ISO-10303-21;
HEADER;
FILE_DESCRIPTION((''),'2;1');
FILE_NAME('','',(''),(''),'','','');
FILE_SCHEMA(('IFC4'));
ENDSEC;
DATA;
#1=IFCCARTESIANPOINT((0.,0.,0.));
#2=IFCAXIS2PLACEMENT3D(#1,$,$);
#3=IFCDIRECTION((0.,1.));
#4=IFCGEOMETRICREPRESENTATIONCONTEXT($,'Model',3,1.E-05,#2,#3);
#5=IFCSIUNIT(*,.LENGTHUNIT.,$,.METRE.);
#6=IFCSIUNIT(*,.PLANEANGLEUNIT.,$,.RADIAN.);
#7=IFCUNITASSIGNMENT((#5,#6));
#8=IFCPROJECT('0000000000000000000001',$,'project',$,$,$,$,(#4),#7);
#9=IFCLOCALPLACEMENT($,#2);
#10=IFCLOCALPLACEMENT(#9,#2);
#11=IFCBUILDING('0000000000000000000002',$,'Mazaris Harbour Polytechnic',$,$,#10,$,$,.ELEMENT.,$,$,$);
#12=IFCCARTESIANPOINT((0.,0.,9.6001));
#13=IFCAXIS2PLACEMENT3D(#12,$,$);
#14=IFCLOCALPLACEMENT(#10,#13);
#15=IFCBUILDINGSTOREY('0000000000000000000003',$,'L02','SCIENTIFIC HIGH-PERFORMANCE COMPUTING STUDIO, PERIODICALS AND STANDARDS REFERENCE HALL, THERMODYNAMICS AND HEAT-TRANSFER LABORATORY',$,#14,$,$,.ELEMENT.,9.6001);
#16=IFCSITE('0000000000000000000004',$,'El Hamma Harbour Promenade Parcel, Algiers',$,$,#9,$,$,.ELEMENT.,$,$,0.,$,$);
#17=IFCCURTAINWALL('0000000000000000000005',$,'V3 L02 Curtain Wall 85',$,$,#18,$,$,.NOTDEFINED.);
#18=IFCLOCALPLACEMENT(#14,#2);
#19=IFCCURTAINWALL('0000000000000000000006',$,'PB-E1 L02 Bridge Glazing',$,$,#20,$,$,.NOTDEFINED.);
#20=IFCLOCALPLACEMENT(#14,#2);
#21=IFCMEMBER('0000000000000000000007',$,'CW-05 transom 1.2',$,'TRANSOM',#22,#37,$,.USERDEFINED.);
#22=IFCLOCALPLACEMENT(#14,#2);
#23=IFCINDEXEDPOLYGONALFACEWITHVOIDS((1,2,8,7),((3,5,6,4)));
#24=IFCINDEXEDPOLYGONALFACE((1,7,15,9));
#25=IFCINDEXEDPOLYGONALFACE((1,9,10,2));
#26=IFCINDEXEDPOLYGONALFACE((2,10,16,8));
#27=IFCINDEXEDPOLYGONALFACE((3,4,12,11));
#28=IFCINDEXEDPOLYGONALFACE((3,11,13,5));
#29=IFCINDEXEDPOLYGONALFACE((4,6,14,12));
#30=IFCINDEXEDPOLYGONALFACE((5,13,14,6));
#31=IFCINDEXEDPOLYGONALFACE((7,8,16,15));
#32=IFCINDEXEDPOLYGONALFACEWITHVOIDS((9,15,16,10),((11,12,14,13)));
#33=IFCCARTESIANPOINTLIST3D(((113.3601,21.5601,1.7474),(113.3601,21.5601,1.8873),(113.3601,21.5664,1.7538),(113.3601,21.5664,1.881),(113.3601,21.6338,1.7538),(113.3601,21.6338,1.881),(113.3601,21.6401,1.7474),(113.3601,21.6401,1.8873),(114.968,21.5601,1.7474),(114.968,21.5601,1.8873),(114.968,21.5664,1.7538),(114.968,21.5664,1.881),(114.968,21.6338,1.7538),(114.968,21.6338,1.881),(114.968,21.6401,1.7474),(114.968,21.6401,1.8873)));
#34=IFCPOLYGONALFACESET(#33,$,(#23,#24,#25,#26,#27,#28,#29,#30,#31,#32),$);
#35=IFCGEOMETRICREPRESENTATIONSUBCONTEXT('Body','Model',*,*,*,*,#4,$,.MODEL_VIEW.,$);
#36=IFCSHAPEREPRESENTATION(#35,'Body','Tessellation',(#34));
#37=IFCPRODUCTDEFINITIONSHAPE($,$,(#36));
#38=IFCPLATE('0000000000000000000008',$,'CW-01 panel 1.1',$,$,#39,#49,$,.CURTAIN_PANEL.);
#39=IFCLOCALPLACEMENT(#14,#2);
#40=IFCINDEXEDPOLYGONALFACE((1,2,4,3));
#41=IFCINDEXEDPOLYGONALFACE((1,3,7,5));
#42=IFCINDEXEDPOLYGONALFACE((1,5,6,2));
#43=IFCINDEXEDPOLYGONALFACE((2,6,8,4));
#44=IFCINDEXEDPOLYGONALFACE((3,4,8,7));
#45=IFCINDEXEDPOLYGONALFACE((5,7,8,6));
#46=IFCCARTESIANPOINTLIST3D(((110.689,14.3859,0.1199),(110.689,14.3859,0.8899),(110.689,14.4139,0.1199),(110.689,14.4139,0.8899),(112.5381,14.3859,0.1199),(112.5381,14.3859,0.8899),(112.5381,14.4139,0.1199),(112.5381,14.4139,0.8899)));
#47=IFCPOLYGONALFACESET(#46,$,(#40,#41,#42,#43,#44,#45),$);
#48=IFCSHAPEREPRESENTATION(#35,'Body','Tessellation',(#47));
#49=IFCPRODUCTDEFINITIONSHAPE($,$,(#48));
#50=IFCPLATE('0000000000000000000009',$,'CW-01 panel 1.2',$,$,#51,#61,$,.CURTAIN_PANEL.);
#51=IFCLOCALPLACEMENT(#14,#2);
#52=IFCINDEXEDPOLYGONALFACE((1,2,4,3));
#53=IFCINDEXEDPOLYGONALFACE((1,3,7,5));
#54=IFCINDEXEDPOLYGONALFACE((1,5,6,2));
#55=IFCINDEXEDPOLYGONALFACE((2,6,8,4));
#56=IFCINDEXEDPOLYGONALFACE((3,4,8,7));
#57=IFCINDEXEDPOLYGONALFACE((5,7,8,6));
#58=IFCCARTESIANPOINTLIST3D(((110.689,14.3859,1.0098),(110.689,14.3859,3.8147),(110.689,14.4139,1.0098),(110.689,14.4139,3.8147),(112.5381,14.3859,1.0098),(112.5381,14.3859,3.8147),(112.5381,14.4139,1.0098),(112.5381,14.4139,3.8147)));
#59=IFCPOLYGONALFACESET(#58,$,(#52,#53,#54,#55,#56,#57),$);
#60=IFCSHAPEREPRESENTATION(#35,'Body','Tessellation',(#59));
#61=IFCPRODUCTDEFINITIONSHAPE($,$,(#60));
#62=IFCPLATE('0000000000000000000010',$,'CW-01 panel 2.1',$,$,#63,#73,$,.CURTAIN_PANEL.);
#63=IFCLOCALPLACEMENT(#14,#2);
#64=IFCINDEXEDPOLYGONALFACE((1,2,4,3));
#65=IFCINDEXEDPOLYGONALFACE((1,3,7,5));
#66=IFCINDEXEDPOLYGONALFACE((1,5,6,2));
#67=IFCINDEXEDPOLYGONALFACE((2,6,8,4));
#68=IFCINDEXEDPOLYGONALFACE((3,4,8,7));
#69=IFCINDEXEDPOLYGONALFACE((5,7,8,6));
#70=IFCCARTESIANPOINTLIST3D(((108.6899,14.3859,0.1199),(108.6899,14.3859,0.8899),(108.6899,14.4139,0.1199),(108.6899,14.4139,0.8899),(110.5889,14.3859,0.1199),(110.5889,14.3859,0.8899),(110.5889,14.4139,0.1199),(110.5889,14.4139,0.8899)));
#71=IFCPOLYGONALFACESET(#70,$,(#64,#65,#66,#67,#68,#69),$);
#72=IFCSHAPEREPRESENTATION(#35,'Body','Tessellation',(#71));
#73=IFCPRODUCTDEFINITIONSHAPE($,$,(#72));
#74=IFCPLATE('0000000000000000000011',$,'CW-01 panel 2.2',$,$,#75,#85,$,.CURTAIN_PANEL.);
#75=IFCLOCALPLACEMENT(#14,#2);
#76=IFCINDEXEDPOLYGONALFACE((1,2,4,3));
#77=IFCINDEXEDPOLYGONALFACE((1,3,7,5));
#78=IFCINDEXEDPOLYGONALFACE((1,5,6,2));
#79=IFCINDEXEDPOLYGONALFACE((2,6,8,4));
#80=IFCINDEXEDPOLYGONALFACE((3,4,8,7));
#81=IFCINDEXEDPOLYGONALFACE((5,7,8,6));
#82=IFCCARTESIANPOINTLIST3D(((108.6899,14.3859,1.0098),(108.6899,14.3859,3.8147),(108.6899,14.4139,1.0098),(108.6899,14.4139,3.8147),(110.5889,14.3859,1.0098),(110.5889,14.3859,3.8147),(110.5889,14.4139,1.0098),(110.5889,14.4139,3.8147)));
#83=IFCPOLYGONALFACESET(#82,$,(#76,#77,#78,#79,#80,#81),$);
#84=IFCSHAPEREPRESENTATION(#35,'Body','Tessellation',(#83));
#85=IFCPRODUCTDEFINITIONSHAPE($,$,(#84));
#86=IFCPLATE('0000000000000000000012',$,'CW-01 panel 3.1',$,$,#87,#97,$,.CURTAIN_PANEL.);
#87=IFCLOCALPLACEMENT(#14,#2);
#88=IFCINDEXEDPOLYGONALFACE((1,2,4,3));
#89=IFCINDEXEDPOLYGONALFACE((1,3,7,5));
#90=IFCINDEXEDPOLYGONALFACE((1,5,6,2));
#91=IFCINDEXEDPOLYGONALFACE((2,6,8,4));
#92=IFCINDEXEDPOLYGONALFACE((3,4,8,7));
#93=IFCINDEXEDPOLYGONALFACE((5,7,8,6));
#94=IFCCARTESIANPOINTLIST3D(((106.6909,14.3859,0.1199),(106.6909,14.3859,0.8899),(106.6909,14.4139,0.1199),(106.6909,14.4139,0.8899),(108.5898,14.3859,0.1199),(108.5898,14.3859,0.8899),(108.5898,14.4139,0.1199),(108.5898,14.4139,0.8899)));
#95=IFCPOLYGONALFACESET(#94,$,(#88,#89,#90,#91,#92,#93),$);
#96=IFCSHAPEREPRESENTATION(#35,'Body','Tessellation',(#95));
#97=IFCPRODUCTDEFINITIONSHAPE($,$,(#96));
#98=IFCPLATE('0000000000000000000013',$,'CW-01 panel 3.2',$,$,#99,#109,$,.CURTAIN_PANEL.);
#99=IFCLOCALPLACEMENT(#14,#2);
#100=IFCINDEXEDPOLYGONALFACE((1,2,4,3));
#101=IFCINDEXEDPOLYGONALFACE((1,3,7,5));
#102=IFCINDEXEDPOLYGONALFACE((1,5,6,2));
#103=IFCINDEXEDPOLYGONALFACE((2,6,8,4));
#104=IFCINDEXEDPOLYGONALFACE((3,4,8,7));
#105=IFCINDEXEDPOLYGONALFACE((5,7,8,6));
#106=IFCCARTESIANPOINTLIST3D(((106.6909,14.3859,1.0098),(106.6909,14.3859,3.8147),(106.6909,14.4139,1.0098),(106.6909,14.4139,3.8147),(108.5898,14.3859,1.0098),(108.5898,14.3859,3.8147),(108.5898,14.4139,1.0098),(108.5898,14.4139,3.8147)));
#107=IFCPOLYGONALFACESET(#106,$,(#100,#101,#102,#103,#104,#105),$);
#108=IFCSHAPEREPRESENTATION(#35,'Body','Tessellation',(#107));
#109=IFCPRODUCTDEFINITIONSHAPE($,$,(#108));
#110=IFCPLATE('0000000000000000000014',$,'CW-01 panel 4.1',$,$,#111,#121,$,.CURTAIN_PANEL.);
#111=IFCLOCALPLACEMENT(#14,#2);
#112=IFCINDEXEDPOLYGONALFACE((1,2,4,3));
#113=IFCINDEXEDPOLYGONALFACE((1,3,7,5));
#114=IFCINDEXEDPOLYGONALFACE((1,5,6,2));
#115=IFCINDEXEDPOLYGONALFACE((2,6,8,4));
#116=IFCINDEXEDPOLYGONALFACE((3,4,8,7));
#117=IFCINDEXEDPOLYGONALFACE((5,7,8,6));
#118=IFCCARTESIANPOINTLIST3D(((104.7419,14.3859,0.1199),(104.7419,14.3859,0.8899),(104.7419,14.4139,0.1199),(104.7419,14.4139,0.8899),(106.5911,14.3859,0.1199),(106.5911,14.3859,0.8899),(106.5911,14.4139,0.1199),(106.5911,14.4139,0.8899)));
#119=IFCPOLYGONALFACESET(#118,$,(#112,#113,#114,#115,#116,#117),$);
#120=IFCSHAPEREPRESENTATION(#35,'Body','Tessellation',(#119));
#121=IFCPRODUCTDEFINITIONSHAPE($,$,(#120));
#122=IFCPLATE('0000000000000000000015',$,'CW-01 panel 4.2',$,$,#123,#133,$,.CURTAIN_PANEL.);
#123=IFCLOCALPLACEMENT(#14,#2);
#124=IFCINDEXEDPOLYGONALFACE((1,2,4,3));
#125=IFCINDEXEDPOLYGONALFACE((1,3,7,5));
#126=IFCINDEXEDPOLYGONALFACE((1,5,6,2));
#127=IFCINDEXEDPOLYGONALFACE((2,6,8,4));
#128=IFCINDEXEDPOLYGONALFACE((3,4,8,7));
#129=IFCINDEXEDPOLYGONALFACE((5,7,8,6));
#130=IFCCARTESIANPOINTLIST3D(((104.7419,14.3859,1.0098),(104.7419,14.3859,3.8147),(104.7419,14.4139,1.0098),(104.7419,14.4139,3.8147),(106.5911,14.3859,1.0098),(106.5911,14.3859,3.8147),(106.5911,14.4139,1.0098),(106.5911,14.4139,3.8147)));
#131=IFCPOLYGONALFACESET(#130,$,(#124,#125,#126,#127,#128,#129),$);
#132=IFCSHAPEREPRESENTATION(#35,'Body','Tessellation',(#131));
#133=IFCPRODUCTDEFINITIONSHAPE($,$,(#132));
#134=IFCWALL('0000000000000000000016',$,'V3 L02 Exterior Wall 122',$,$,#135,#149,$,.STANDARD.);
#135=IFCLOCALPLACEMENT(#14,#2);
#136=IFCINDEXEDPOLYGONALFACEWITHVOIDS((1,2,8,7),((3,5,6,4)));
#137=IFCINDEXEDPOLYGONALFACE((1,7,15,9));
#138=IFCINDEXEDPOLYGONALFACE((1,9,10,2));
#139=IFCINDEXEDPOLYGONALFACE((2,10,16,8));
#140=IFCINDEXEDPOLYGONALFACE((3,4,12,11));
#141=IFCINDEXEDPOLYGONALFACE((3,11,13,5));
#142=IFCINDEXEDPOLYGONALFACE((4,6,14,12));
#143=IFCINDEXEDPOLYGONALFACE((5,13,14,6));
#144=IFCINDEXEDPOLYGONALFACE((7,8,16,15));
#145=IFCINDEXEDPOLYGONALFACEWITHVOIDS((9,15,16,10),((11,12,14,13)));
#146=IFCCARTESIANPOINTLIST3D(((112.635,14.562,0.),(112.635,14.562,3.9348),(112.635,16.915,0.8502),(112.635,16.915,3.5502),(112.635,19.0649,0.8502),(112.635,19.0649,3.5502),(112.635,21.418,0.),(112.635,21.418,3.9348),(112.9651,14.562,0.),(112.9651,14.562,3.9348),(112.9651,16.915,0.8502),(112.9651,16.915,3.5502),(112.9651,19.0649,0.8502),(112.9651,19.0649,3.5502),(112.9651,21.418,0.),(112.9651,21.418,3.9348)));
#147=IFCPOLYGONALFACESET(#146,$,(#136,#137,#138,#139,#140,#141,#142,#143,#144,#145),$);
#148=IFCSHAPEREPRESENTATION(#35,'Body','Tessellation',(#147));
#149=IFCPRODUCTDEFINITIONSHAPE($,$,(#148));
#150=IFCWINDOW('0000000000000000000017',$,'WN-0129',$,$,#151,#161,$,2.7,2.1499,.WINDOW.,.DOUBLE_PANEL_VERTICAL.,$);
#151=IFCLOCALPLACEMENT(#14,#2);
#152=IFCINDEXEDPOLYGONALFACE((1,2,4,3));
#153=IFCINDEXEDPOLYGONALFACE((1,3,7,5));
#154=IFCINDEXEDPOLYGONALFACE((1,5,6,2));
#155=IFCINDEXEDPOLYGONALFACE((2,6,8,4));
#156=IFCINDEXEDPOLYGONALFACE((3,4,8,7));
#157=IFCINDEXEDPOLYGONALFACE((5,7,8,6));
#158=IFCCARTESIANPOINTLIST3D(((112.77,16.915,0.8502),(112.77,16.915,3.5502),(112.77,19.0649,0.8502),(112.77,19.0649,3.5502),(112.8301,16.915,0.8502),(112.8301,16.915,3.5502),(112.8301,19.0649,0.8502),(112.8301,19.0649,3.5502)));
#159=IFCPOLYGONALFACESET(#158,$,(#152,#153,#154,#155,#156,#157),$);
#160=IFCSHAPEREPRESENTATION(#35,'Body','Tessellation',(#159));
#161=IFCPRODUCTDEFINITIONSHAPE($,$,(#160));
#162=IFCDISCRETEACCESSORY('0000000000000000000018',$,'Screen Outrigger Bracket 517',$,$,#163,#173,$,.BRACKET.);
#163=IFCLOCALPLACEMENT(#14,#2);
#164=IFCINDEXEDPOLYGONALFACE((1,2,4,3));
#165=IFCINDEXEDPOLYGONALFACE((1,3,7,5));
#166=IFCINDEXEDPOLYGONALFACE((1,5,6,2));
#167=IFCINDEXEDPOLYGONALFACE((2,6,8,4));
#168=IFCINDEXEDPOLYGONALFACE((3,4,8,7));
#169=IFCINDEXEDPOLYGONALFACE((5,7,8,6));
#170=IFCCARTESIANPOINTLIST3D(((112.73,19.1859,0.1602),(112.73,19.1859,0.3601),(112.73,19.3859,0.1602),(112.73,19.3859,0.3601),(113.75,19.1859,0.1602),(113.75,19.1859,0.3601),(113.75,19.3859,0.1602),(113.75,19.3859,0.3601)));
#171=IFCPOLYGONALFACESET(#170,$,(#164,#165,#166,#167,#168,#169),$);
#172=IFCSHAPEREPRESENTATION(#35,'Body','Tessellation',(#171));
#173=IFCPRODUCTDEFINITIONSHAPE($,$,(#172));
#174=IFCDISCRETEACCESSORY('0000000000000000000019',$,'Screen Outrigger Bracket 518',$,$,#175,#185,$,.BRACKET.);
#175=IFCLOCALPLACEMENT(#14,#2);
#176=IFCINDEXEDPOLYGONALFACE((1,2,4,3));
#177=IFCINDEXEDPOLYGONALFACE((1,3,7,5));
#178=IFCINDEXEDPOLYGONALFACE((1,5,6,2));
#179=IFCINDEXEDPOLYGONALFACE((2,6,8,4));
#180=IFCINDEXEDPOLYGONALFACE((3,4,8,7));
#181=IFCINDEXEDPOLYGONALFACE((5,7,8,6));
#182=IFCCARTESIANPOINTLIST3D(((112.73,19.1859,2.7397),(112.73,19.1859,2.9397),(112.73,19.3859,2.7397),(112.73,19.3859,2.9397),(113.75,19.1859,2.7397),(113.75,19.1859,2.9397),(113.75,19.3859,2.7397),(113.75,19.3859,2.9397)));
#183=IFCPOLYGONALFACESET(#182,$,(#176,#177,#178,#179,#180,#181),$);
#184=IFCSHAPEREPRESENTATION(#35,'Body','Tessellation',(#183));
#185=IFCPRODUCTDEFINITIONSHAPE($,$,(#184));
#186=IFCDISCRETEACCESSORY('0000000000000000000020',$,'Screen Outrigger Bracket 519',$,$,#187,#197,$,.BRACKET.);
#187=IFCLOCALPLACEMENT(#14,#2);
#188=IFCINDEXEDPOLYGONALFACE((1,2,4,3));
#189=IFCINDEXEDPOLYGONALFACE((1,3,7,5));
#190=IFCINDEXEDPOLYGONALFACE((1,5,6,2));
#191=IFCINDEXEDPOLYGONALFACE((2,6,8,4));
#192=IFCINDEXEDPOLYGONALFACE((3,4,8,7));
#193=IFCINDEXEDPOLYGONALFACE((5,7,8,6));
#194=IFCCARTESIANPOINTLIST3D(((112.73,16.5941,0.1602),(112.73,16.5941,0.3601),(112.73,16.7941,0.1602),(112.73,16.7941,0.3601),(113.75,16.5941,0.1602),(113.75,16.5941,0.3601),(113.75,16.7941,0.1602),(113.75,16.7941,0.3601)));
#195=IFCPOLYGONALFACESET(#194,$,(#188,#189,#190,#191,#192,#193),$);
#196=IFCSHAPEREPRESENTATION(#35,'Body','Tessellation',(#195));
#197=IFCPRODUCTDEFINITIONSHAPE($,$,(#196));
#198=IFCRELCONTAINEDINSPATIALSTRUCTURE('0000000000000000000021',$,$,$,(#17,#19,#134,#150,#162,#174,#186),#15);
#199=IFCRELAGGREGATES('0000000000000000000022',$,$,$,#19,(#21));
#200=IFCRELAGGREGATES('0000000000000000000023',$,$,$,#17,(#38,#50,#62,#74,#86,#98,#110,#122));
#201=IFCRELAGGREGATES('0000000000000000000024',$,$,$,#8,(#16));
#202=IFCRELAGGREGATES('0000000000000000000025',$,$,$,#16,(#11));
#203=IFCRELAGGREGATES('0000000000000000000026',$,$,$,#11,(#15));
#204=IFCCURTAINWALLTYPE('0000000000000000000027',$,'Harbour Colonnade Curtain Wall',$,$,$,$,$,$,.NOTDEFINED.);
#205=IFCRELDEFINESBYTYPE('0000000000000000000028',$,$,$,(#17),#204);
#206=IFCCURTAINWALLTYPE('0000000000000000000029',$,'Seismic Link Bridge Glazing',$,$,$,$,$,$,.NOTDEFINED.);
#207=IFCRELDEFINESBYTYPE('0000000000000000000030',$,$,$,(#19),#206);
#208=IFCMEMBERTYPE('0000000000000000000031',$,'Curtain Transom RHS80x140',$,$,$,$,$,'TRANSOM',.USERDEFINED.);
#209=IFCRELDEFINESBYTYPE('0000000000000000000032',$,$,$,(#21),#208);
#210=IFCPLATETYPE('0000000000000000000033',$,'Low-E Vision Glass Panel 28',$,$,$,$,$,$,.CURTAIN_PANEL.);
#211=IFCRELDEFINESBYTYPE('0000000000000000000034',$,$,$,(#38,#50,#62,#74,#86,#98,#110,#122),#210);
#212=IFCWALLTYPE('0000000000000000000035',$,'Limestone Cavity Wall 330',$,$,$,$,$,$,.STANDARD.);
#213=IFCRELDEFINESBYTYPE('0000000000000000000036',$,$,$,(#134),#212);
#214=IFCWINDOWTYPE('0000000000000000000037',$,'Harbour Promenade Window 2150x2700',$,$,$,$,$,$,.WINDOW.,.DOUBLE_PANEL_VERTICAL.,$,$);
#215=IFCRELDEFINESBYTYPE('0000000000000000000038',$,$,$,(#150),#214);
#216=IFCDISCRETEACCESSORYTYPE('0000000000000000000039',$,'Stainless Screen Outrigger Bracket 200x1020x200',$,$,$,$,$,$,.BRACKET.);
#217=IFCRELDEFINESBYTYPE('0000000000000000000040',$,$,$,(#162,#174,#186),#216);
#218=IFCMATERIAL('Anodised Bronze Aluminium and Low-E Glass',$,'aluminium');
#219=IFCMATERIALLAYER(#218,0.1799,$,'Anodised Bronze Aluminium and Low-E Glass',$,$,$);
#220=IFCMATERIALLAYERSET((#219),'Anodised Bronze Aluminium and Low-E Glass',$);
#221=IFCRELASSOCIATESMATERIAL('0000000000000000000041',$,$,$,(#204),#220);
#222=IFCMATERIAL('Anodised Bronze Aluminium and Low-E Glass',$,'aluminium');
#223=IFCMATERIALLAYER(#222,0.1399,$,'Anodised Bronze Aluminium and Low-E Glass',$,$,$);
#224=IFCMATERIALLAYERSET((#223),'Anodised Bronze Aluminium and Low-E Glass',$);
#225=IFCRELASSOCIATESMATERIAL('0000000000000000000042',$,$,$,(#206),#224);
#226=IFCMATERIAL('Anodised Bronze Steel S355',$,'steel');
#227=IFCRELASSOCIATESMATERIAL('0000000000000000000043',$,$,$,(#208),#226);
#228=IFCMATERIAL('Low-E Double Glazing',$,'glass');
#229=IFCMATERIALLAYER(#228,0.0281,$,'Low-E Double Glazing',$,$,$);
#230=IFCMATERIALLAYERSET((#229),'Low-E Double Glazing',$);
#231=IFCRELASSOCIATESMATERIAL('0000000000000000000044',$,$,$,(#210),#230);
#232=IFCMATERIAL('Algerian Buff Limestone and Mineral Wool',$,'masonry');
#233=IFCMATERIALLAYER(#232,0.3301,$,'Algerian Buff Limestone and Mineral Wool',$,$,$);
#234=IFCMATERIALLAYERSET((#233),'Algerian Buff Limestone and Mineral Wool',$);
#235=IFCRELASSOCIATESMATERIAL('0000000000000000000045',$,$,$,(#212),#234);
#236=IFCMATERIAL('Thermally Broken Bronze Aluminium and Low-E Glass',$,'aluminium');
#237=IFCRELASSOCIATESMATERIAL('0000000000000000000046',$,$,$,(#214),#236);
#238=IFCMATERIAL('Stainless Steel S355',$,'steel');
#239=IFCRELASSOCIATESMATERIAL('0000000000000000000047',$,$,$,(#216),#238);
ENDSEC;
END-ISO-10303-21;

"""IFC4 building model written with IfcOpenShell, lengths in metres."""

from ifc_helpers import new_model, si_unit, direction, frame, frame_2d, origin, origin_2d, place, context, subcontext, project, spatial, rectangle, hollow_rectangle, extrude, material, layer, layer_set, material_profile, profile_set, type_object, element, fill, aggregate, save


model = new_model("IFC4")

# Units and contexts
model_context = context("Model", 3, precision=1e-05, world=origin(), true_north=direction((0.0, 1.0)))
body_context = subcontext(model_context, "Body", "Model", "MODEL_VIEW")
ifc_project = project(units=[si_unit("LENGTHUNIT", "METRE"), si_unit("PLANEANGLEUNIT", "RADIAN")], contexts=[model_context])

# Site, building, storey
site_placement = place(None, origin())
site = spatial("IfcSite", under=ifc_project, at=site_placement, Name="El Hamma Harbour Promenade Parcel, Algiers", CompositionType="ELEMENT", RefElevation=0.0)
building_placement = place(site_placement, origin())
building = spatial("IfcBuilding", under=site, at=building_placement, Name="Mazaris Harbour Polytechnic", CompositionType="ELEMENT")
storey_placement = place(building_placement, frame((0.0, 0.0, 9.6001)))
storey = spatial("IfcBuildingStorey", under=building, at=storey_placement, Name="L02", Description="SCIENTIFIC HIGH-PERFORMANCE COMPUTING STUDIO, PERIODICALS AND STANDARDS REFERENCE HALL, THERMODYNAMICS AND HEAT-TRANSFER LABORATORY", CompositionType="ELEMENT", Elevation=9.6001)

# Curtain wall
ifc_material_1 = material(Name="Anodised Bronze Aluminium and Low-E Glass", Category="aluminium")
ifc_layer_1 = layer(ifc_material_1, 0.1799, Name="Anodised Bronze Aluminium and Low-E Glass")
ifc_layer_set_1 = layer_set([ifc_layer_1], Name="Anodised Bronze Aluminium and Low-E Glass")
curtain_wall_type_1 = type_object("IfcCurtainWallType", Name="Harbour Colonnade Curtain Wall", PredefinedType="NOTDEFINED", material=ifc_layer_set_1)
curtain_wall_1_placement = place(storey_placement, origin())
curtain_wall_1 = element("IfcCurtainWall", 1, at=curtain_wall_1_placement, inside=storey, type_object=curtain_wall_type_1, Name="V3 L02 Curtain Wall 85", PredefinedType="NOTDEFINED")

# Curtain wall
ifc_material_2 = material(Name="Anodised Bronze Aluminium and Low-E Glass", Category="aluminium")
ifc_layer_2 = layer(ifc_material_2, 0.1399, Name="Anodised Bronze Aluminium and Low-E Glass")
ifc_layer_set_2 = layer_set([ifc_layer_2], Name="Anodised Bronze Aluminium and Low-E Glass")
curtain_wall_type_2 = type_object("IfcCurtainWallType", Name="Seismic Link Bridge Glazing", PredefinedType="NOTDEFINED", material=ifc_layer_set_2)
curtain_wall_2_placement = place(storey_placement, origin())
curtain_wall_2 = element("IfcCurtainWall", 2, at=curtain_wall_2_placement, inside=storey, type_object=curtain_wall_type_2, Name="PB-E1 L02 Bridge Glazing", PredefinedType="NOTDEFINED")

# Member
ifc_material_3 = material(Name="Anodised Bronze Steel S355", Category="steel")
ifc_material_profile_1 = material_profile(ifc_material_3, hollow_rectangle(XDim=0.0801, YDim=0.1399, WallThickness=0.0063, at=origin_2d()), Name="RHS 80x140x6.3")
ifc_profile_set_1 = profile_set([ifc_material_profile_1], Name="Anodised Bronze Steel S355")
member_type_1 = type_object("IfcMemberType", Name="Curtain Transom RHS80x140", ElementType="TRANSOM", PredefinedType="USERDEFINED", material=ifc_profile_set_1)
member_1_placement = place(storey_placement, frame((113.3601, 21.6001, 1.8174), z_axis=(1.0, 0.0, 0.0), x_axis=(0.0, 1.0, 0.0)))
member_1 = element("IfcMember", 3, at=member_1_placement, type_object=member_type_1, Name="CW-05 transom 1.2", ObjectType="TRANSOM", PredefinedType="USERDEFINED", context=body_context, shape_type="SweptSolid", body=[
    extrude(hollow_rectangle(XDim=0.0801, YDim=0.1399, WallThickness=0.0063, at=origin_2d()), origin(), (0.0, 0.0, 1.0), 1.6079),
])
aggregate(curtain_wall_2, [member_1])

# Plates
ifc_material_4 = material(Name="Low-E Double Glazing", Category="glass")
ifc_layer_3 = layer(ifc_material_4, 0.0281, Name="Low-E Double Glazing")
ifc_layer_set_3 = layer_set([ifc_layer_3], Name="Low-E Double Glazing")
plate_type = type_object("IfcPlateType", Name="Low-E Vision Glass Panel 28", PredefinedType="CURTAIN_PANEL", material=ifc_layer_set_3)
plate_1_placement = place(storey_placement, frame((111.6135, 14.3999, 0.1199), z_axis=(0.0, 0.0, 1.0), x_axis=(-1.0, 0.0, 0.0)))
plate_1 = element("IfcPlate", 4, at=plate_1_placement, type_object=plate_type, Name="CW-01 panel 1.1", PredefinedType="CURTAIN_PANEL", context=body_context, shape_type="SweptSolid", body=[
    extrude(rectangle(XDim=1.8491, YDim=0.0281, at=origin_2d()), origin(), (0.0, 0.0, 1.0), 0.77),
])
plate_2_placement = place(storey_placement, frame((111.6135, 14.3999, 1.0098), z_axis=(0.0, 0.0, 1.0), x_axis=(-1.0, 0.0, 0.0)))
plate_2 = element("IfcPlate", 5, at=plate_2_placement, type_object=plate_type, Name="CW-01 panel 1.2", PredefinedType="CURTAIN_PANEL", context=body_context, shape_type="SweptSolid", body=[
    extrude(rectangle(XDim=1.8491, YDim=0.0281, at=origin_2d()), origin(), (0.0, 0.0, 1.0), 2.8049),
])
plate_3_placement = place(storey_placement, frame((109.6394, 14.3999, 0.1199), z_axis=(0.0, 0.0, 1.0), x_axis=(-1.0, 0.0, 0.0)))
plate_3 = element("IfcPlate", 6, at=plate_3_placement, type_object=plate_type, Name="CW-01 panel 2.1", PredefinedType="CURTAIN_PANEL", context=body_context, shape_type="SweptSolid", body=[
    extrude(rectangle(XDim=1.8989, YDim=0.0281, at=origin_2d()), origin(), (0.0, 0.0, 1.0), 0.77),
])
plate_4_placement = place(storey_placement, frame((109.6394, 14.3999, 1.0098), z_axis=(0.0, 0.0, 1.0), x_axis=(-1.0, 0.0, 0.0)))
plate_4 = element("IfcPlate", 7, at=plate_4_placement, type_object=plate_type, Name="CW-01 panel 2.2", PredefinedType="CURTAIN_PANEL", context=body_context, shape_type="SweptSolid", body=[
    extrude(rectangle(XDim=1.8989, YDim=0.0281, at=origin_2d()), origin(), (0.0, 0.0, 1.0), 2.8049),
])
plate_5_placement = place(storey_placement, frame((107.6404, 14.3999, 0.1199), z_axis=(0.0, 0.0, 1.0), x_axis=(-1.0, 0.0, 0.0)))
plate_5 = element("IfcPlate", 8, at=plate_5_placement, type_object=plate_type, Name="CW-01 panel 3.1", PredefinedType="CURTAIN_PANEL", context=body_context, shape_type="SweptSolid", body=[
    extrude(rectangle(XDim=1.8989, YDim=0.0281, at=origin_2d()), origin(), (0.0, 0.0, 1.0), 0.77),
])
plate_6_placement = place(storey_placement, frame((107.6404, 14.3999, 1.0098), z_axis=(0.0, 0.0, 1.0), x_axis=(-1.0, 0.0, 0.0)))
plate_6 = element("IfcPlate", 9, at=plate_6_placement, type_object=plate_type, Name="CW-01 panel 3.2", PredefinedType="CURTAIN_PANEL", context=body_context, shape_type="SweptSolid", body=[
    extrude(rectangle(XDim=1.8989, YDim=0.0281, at=origin_2d()), origin(), (0.0, 0.0, 1.0), 2.8049),
])
plate_7_placement = place(storey_placement, frame((105.6665, 14.3999, 0.1199), z_axis=(0.0, 0.0, 1.0), x_axis=(-1.0, 0.0, 0.0)))
plate_7 = element("IfcPlate", 10, at=plate_7_placement, type_object=plate_type, Name="CW-01 panel 4.1", PredefinedType="CURTAIN_PANEL", context=body_context, shape_type="SweptSolid", body=[
    extrude(rectangle(XDim=1.8491, YDim=0.0281, at=origin_2d()), origin(), (0.0, 0.0, 1.0), 0.77),
])
plate_8_placement = place(storey_placement, frame((105.6665, 14.3999, 1.0098), z_axis=(0.0, 0.0, 1.0), x_axis=(-1.0, 0.0, 0.0)))
plate_8 = element("IfcPlate", 11, at=plate_8_placement, type_object=plate_type, Name="CW-01 panel 4.2", PredefinedType="CURTAIN_PANEL", context=body_context, shape_type="SweptSolid", body=[
    extrude(rectangle(XDim=1.8491, YDim=0.0281, at=origin_2d()), origin(), (0.0, 0.0, 1.0), 2.8049),
])
aggregate(curtain_wall_1, [plate_1, plate_2, plate_3, plate_4, plate_5, plate_6, plate_7, plate_8])

# Wall, opening, window
ifc_material_5 = material(Name="Algerian Buff Limestone and Mineral Wool", Category="masonry")
ifc_layer_4 = layer(ifc_material_5, 0.3301, Name="Algerian Buff Limestone and Mineral Wool")
ifc_layer_set_4 = layer_set([ifc_layer_4], Name="Algerian Buff Limestone and Mineral Wool")
wall_type = type_object("IfcWallType", Name="Limestone Cavity Wall 330", PredefinedType="STANDARD", material=ifc_layer_set_4)
wall_placement = place(storey_placement, frame((112.8, 21.418, 0.0), z_axis=(0.0, 0.0, 1.0), x_axis=(0.0, -1.0, 0.0)))
wall = element("IfcWall", 12, at=wall_placement, inside=storey, type_object=wall_type, Name="V3 L02 Exterior Wall 122", PredefinedType="STANDARD", context=body_context, shape_type="SweptSolid", body=[
    extrude(rectangle(XDim=6.856, YDim=0.3301, at=frame_2d((3.428, 0.0))), origin(), (0.0, 0.0, 1.0), 3.9348),
])
opening_placement = place(wall_placement, frame((2.353, 0.0, 0.8501)))
opening = element("IfcOpeningElement", 13, at=opening_placement, cuts=wall, PredefinedType="OPENING", context=body_context, shape_type="SweptSolid", body=[
    extrude(rectangle(XDim=2.1499, YDim=2.7, at=frame_2d((1.075, 1.3501))), frame((0.0, 0.175, 0.0), z_axis=(0.0, -1.0, 0.0), x_axis=(1.0, 0.0, 0.0)), (0.0, 0.0, 1.0), 0.3501),
])
ifc_material_6 = material(Name="Thermally Broken Bronze Aluminium and Low-E Glass", Category="aluminium")
window_type = type_object("IfcWindowType", Name="Harbour Promenade Window 2150x2700", PartitioningType="DOUBLE_PANEL_VERTICAL", PredefinedType="WINDOW", material=ifc_material_6)
window_placement = place(opening_placement, origin())
window = element("IfcWindow", 14, at=window_placement, inside=storey, type_object=window_type, Name="WN-0129", OverallHeight=2.7, OverallWidth=2.1499, PartitioningType="DOUBLE_PANEL_VERTICAL", PredefinedType="WINDOW", context=body_context, shape_type="SweptSolid", body=[
    extrude(rectangle(XDim=2.1499, YDim=2.7, at=frame_2d((1.075, 1.3501))), frame((0.0, 0.03, 0.0), z_axis=(0.0, -1.0, 0.0), x_axis=(1.0, 0.0, 0.0)), (0.0, 0.0, 1.0), 0.0601),
])
fill(opening, window)

# Discrete accessories
ifc_material_7 = material(Name="Stainless Steel S355", Category="steel")
discrete_accessory_type = type_object("IfcDiscreteAccessoryType", Name="Stainless Screen Outrigger Bracket 200x1020x200", PredefinedType="BRACKET", material=ifc_material_7)
for number, where, z_axis, x_axis, name in (
    (15, (113.24, 19.2859, 0.1602), (0.0, 0.0, 1.0), (0.0, -1.0, 0.0), "Screen Outrigger Bracket 517"),
    (16, (113.24, 19.2859, 2.7397), (0.0, 0.0, 1.0), (0.0, -1.0, 0.0), "Screen Outrigger Bracket 518"),
    (17, (113.24, 16.6941, 0.1602), (0.0, 0.0, 1.0), (0.0, -1.0, 0.0), "Screen Outrigger Bracket 519"),
):
    element("IfcDiscreteAccessory", number, at=place(storey_placement, frame(where, z_axis=z_axis, x_axis=x_axis)), inside=storey, type_object=discrete_accessory_type, Name=name, PredefinedType="BRACKET", context=body_context, shape_type="SweptSolid", body=[
        extrude(rectangle(XDim=0.2, YDim=1.02, at=origin_2d()), origin(), (0.0, 0.0, 1.0), 0.2),
    ])

save(model, "model.ifc")
